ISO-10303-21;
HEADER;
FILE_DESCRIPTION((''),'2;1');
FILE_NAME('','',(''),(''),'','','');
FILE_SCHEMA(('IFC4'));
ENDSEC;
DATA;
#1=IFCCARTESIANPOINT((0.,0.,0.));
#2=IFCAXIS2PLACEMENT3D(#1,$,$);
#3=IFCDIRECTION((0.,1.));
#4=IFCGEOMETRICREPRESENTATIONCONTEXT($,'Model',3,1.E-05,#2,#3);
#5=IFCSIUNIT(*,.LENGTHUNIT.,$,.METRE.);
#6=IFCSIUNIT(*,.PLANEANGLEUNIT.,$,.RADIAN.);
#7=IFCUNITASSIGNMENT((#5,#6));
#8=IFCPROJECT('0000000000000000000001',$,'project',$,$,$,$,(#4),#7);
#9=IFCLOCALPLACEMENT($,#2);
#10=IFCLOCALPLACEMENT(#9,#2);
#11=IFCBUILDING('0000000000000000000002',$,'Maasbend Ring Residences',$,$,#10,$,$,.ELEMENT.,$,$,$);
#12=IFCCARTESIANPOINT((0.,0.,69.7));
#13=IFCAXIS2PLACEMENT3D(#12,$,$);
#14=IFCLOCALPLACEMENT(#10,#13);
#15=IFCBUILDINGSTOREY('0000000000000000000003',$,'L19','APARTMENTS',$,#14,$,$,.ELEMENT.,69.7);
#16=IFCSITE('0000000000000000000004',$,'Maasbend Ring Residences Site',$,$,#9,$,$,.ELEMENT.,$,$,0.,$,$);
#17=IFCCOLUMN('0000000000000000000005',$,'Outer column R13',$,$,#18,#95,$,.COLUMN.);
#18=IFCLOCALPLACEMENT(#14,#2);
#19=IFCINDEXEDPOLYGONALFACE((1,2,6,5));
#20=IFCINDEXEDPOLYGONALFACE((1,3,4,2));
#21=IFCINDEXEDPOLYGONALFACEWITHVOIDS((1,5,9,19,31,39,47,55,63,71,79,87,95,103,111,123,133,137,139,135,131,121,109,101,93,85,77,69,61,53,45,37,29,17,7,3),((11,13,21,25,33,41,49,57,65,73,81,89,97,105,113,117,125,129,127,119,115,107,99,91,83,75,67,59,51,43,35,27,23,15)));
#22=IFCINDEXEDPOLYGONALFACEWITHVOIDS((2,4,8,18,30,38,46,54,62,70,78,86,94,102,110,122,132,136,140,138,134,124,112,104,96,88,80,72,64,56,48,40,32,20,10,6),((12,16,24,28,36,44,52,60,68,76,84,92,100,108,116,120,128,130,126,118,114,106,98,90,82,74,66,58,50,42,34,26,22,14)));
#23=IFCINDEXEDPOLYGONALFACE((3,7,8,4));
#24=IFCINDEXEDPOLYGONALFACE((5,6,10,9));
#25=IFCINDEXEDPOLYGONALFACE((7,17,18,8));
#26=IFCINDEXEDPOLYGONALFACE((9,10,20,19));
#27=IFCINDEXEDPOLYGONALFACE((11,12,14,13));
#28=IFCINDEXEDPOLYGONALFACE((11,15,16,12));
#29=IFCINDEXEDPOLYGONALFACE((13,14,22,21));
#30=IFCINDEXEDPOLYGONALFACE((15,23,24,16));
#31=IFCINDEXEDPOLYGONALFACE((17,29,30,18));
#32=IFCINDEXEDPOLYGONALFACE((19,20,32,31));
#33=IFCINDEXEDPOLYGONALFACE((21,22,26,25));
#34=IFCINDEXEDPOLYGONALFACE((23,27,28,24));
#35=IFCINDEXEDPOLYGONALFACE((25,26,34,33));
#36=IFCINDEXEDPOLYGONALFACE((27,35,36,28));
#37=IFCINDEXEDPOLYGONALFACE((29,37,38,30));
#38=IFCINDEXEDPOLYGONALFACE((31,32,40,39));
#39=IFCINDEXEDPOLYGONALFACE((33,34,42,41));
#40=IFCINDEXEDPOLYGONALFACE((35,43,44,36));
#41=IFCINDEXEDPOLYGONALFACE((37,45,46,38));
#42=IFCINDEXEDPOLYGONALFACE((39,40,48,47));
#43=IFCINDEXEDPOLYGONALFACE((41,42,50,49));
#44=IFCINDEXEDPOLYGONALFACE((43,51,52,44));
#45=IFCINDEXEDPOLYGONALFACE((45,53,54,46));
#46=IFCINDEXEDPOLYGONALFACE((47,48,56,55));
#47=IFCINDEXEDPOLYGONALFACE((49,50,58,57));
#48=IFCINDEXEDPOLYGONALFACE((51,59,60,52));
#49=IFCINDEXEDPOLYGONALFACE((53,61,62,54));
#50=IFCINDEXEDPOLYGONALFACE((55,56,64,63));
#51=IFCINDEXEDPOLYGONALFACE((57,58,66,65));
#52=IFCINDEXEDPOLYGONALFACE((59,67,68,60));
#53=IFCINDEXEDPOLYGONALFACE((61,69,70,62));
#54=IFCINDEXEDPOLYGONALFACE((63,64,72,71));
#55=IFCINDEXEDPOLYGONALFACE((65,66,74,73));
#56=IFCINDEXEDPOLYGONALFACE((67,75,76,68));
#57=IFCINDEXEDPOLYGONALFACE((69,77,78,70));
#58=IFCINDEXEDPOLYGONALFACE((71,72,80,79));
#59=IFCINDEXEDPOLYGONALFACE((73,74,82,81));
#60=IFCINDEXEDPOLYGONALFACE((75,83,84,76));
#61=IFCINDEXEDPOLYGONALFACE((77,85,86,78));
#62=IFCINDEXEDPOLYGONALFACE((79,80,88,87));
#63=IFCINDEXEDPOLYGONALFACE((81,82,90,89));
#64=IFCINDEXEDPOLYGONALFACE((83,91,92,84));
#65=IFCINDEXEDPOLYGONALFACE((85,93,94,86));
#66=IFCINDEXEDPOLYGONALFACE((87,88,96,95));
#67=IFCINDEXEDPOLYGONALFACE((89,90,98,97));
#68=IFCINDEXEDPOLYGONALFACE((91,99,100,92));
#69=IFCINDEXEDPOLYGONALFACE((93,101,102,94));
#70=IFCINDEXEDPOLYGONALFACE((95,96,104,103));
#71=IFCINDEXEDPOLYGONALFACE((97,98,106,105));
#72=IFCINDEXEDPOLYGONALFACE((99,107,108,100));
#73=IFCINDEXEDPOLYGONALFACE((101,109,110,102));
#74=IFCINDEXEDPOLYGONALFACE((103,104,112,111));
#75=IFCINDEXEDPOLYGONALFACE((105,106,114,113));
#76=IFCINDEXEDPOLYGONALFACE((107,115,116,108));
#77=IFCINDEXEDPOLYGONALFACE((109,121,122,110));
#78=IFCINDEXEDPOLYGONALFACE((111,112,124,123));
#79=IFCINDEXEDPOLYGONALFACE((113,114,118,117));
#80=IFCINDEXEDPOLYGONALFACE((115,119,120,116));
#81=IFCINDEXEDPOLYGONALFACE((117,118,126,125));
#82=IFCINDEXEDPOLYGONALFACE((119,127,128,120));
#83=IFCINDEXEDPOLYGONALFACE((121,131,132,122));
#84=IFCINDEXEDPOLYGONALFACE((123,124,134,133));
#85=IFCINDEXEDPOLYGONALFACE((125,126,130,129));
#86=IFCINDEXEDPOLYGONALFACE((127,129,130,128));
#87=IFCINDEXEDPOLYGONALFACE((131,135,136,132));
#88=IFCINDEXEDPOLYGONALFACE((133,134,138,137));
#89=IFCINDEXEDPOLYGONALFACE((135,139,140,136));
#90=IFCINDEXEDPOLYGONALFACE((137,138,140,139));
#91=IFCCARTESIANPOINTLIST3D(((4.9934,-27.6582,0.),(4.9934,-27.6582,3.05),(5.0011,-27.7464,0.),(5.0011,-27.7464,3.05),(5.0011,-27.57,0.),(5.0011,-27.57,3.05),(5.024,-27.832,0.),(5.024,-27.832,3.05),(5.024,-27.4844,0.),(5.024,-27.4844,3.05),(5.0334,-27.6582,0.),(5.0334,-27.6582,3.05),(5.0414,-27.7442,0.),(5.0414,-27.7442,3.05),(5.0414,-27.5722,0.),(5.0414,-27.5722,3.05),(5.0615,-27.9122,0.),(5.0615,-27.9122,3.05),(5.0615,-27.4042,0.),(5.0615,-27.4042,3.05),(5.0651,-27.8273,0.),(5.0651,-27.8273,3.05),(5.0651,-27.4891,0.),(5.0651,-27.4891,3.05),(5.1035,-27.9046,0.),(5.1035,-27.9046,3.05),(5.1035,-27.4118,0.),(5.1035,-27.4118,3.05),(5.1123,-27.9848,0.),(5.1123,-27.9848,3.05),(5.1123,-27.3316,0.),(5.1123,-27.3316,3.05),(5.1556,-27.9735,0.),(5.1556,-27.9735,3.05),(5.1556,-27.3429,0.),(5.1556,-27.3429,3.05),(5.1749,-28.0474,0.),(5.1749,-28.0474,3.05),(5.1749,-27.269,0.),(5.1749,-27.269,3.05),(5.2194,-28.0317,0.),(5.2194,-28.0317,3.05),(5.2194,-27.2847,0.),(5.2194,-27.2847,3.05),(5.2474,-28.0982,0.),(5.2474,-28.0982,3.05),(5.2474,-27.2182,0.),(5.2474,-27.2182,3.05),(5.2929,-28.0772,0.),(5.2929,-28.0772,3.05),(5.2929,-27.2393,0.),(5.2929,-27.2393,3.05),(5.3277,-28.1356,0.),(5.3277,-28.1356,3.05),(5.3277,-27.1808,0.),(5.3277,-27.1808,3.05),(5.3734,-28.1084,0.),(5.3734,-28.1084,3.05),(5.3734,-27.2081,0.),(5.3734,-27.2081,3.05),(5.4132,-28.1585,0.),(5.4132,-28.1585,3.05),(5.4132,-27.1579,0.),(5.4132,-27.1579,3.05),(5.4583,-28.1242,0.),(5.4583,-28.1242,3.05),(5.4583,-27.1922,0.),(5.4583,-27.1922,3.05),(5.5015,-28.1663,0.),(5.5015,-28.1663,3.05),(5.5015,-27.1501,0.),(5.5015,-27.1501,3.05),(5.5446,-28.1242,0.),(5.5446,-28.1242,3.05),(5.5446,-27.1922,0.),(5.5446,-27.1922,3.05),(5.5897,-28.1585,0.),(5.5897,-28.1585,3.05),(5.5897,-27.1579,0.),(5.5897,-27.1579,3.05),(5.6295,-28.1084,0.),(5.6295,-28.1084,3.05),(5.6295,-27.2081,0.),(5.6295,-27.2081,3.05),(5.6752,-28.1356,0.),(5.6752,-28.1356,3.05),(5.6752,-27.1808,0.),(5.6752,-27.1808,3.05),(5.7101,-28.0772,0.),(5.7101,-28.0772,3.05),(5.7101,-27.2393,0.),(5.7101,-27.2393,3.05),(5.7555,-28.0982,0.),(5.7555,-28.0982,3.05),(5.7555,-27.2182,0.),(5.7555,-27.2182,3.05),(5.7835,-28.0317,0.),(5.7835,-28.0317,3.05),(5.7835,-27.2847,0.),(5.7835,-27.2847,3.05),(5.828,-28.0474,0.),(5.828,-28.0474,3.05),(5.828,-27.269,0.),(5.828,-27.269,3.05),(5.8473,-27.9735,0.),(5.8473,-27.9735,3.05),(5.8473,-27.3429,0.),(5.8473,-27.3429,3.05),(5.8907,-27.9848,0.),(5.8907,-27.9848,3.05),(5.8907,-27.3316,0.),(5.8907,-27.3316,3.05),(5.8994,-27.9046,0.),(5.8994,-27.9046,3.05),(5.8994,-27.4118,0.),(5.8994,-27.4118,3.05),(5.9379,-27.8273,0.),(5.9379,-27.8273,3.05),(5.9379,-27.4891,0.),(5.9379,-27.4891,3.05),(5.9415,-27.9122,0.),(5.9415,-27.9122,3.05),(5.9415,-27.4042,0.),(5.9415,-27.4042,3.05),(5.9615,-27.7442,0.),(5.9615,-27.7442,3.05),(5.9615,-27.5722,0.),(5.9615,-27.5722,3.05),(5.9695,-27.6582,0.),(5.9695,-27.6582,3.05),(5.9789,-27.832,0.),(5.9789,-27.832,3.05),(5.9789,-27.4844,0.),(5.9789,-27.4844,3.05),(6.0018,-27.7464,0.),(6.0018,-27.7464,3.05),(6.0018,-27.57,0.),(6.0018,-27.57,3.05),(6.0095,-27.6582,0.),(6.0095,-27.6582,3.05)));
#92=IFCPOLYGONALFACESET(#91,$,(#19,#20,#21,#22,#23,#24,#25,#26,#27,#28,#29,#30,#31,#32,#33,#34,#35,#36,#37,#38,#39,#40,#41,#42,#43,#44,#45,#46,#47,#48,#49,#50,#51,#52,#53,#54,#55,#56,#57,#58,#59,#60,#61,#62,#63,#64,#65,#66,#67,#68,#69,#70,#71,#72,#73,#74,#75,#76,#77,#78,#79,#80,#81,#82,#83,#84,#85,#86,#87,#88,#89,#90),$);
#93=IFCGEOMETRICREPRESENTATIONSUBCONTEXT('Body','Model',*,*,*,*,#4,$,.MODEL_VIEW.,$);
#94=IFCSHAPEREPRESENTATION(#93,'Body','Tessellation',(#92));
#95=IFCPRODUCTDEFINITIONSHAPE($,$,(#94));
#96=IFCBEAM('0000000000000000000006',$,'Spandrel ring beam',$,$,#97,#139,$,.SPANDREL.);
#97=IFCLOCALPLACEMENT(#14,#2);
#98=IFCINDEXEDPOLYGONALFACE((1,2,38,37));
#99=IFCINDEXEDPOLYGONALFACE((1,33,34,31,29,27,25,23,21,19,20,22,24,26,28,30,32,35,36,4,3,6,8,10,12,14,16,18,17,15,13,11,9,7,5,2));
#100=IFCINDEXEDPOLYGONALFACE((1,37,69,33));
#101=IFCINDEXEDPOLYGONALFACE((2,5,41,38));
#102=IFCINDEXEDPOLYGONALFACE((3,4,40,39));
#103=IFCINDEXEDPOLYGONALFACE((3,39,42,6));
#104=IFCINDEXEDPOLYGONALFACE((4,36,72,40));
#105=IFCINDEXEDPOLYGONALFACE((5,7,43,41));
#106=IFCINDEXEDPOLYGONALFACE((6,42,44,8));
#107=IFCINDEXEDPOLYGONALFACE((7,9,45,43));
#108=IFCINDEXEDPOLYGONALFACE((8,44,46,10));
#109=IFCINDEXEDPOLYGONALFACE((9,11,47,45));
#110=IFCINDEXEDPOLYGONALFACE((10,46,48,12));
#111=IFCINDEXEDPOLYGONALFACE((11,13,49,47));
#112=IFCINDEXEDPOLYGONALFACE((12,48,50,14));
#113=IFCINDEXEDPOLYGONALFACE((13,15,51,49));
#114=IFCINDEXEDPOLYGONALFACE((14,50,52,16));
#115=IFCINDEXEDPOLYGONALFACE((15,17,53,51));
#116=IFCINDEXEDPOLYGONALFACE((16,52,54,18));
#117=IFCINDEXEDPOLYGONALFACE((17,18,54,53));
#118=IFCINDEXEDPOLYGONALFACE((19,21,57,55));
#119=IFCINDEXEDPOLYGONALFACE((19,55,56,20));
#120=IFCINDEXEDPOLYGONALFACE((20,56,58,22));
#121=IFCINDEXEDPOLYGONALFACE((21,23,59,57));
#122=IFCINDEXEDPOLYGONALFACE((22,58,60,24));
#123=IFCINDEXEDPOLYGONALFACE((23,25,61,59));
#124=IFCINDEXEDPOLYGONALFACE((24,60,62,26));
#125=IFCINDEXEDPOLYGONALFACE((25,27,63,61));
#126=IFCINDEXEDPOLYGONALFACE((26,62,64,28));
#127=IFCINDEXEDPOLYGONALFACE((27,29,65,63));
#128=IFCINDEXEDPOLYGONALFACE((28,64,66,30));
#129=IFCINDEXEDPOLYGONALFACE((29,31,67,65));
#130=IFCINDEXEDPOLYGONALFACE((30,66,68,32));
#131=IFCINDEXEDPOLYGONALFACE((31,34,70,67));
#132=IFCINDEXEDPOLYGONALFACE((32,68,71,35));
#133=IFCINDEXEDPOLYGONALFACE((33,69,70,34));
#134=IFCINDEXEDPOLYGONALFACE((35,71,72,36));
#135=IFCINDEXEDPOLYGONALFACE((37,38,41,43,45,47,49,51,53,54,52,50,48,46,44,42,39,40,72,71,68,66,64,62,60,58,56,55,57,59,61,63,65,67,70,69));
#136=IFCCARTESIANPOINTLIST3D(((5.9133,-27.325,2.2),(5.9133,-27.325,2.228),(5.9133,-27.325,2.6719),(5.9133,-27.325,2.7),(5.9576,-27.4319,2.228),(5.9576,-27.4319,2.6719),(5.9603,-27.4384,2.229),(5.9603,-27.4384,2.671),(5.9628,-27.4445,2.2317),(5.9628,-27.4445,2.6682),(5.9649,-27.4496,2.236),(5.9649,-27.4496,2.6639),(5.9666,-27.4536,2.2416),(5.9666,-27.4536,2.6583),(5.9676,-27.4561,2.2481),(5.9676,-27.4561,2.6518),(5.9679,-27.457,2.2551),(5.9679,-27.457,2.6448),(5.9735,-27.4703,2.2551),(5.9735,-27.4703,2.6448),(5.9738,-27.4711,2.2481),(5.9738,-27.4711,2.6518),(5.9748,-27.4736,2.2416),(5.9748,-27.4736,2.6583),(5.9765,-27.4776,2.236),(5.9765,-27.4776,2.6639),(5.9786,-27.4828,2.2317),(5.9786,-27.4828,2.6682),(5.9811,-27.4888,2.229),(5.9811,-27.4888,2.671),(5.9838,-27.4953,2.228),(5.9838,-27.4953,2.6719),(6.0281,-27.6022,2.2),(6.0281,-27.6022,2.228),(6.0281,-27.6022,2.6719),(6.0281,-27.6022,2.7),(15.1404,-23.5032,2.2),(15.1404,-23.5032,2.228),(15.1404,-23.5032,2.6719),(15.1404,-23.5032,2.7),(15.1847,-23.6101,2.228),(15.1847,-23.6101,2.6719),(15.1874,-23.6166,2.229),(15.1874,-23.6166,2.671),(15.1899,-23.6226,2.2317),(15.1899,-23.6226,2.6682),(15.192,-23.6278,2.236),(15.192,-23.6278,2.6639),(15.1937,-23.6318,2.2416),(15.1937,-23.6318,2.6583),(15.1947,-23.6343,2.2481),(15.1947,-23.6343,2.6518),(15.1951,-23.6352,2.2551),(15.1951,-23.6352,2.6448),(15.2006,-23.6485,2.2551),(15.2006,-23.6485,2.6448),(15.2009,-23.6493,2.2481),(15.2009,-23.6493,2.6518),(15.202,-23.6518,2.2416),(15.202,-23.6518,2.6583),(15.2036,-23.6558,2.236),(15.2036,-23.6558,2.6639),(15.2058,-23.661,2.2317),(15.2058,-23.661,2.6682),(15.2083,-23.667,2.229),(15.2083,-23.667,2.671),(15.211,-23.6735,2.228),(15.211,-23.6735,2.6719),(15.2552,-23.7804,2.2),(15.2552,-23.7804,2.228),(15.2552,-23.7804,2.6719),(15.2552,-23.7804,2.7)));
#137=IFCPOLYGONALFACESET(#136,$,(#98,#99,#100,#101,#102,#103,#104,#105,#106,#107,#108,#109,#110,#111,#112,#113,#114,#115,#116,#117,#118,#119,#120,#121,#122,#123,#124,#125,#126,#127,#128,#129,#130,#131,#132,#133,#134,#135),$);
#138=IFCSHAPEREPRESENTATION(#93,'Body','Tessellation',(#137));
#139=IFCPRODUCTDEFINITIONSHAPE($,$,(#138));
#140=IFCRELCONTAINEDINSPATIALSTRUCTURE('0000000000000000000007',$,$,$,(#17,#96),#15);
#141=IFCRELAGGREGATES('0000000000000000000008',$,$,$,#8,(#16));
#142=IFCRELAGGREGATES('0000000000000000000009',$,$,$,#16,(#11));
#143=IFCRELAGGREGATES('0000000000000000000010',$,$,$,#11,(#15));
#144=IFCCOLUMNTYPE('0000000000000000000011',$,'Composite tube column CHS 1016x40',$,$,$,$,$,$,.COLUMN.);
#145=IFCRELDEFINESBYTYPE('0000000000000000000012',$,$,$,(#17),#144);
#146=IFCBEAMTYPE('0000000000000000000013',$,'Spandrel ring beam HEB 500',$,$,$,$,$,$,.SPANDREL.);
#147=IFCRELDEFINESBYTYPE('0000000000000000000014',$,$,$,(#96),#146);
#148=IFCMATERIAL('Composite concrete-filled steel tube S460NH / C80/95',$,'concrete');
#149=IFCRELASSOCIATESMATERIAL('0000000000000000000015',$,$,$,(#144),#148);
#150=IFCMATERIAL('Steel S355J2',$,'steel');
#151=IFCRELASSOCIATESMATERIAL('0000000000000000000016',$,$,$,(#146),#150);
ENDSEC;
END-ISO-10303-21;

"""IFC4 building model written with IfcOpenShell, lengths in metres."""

from ifc_helpers import new_model, si_unit, direction, frame, origin, origin_2d, place, context, subcontext, project, spatial, hollow_circle, i_section, extrude, material, material_profile, profile_set, type_object, element, save


model = new_model("IFC4")

# Units and contexts
model_context = context("Model", 3, precision=1e-05, world=origin(), true_north=direction((0.0, 1.0)))
body_context = subcontext(model_context, "Body", "Model", "MODEL_VIEW")
ifc_project = project(units=[si_unit("LENGTHUNIT", "METRE"), si_unit("PLANEANGLEUNIT", "RADIAN")], contexts=[model_context])

# Site, building, storey
site_placement = place(None, origin())
site = spatial("IfcSite", under=ifc_project, at=site_placement, Name="Maasbend Ring Residences Site", CompositionType="ELEMENT", RefElevation=0.0)
building_placement = place(site_placement, origin())
building = spatial("IfcBuilding", under=site, at=building_placement, Name="Maasbend Ring Residences", CompositionType="ELEMENT")
storey_placement = place(building_placement, frame((0.0, 0.0, 69.7)))
storey = spatial("IfcBuildingStorey", under=building, at=storey_placement, Name="L19", Description="APARTMENTS", CompositionType="ELEMENT", Elevation=69.7)

# Column
ifc_material_1 = material(Name="Composite concrete-filled steel tube S460NH / C80/95", Category="concrete")
ifc_material_profile_1 = material_profile(ifc_material_1, hollow_circle(Radius=0.5081, WallThickness=0.04, at=origin_2d()), Name="Composite tube column CHS 1016x40")
ifc_profile_set_1 = profile_set([ifc_material_profile_1], Name="Composite concrete-filled steel tube S460NH / C80/95")
column_type = type_object("IfcColumnType", Name="Composite tube column CHS 1016x40", PredefinedType="COLUMN", material=ifc_profile_set_1)
column_placement = place(storey_placement, frame((5.5015, -27.6582, 0.0), z_axis=(0.0, 0.0, 1.0), x_axis=(1.0, 0.0, 0.0)))
element("IfcColumn", 1, at=column_placement, inside=storey, type_object=column_type, Name="Outer column R13", PredefinedType="COLUMN", context=body_context, shape_type="SweptSolid", body=[
    extrude(hollow_circle(Radius=0.5081, WallThickness=0.04, at=origin_2d()), origin(), (0.0, 0.0, 1.0), 3.05),
])

# Beam
ifc_material_2 = material(Name="Steel S355J2", Category="steel")
ifc_material_profile_2 = material_profile(ifc_material_2, i_section(OverallWidth=0.3, OverallDepth=0.5, WebThickness=0.0144, FlangeThickness=0.0281, FilletRadius=0.0271, at=origin_2d()), Name="HEB 500")
ifc_profile_set_2 = profile_set([ifc_material_profile_2], Name="Steel S355J2")
beam_type = type_object("IfcBeamType", Name="Spandrel ring beam HEB 500", PredefinedType="SPANDREL", material=ifc_profile_set_2)
beam_placement = place(storey_placement, frame((5.9707, -27.4636, 2.45), z_axis=(0.923886, 0.382667, 0.0), x_axis=(-0.382667, 0.923886, 0.0)))
element("IfcBeam", 2, at=beam_placement, inside=storey, type_object=beam_type, Name="Spandrel ring beam", PredefinedType="SPANDREL", context=body_context, shape_type="SweptSolid", body=[
    extrude(i_section(OverallWidth=0.3, OverallDepth=0.5, WebThickness=0.0144, FlangeThickness=0.0281, FilletRadius=0.0271, at=origin_2d()), origin(), (0.0, 0.0, 1.0), 9.9873),
])

save(model, "model.ifc")
